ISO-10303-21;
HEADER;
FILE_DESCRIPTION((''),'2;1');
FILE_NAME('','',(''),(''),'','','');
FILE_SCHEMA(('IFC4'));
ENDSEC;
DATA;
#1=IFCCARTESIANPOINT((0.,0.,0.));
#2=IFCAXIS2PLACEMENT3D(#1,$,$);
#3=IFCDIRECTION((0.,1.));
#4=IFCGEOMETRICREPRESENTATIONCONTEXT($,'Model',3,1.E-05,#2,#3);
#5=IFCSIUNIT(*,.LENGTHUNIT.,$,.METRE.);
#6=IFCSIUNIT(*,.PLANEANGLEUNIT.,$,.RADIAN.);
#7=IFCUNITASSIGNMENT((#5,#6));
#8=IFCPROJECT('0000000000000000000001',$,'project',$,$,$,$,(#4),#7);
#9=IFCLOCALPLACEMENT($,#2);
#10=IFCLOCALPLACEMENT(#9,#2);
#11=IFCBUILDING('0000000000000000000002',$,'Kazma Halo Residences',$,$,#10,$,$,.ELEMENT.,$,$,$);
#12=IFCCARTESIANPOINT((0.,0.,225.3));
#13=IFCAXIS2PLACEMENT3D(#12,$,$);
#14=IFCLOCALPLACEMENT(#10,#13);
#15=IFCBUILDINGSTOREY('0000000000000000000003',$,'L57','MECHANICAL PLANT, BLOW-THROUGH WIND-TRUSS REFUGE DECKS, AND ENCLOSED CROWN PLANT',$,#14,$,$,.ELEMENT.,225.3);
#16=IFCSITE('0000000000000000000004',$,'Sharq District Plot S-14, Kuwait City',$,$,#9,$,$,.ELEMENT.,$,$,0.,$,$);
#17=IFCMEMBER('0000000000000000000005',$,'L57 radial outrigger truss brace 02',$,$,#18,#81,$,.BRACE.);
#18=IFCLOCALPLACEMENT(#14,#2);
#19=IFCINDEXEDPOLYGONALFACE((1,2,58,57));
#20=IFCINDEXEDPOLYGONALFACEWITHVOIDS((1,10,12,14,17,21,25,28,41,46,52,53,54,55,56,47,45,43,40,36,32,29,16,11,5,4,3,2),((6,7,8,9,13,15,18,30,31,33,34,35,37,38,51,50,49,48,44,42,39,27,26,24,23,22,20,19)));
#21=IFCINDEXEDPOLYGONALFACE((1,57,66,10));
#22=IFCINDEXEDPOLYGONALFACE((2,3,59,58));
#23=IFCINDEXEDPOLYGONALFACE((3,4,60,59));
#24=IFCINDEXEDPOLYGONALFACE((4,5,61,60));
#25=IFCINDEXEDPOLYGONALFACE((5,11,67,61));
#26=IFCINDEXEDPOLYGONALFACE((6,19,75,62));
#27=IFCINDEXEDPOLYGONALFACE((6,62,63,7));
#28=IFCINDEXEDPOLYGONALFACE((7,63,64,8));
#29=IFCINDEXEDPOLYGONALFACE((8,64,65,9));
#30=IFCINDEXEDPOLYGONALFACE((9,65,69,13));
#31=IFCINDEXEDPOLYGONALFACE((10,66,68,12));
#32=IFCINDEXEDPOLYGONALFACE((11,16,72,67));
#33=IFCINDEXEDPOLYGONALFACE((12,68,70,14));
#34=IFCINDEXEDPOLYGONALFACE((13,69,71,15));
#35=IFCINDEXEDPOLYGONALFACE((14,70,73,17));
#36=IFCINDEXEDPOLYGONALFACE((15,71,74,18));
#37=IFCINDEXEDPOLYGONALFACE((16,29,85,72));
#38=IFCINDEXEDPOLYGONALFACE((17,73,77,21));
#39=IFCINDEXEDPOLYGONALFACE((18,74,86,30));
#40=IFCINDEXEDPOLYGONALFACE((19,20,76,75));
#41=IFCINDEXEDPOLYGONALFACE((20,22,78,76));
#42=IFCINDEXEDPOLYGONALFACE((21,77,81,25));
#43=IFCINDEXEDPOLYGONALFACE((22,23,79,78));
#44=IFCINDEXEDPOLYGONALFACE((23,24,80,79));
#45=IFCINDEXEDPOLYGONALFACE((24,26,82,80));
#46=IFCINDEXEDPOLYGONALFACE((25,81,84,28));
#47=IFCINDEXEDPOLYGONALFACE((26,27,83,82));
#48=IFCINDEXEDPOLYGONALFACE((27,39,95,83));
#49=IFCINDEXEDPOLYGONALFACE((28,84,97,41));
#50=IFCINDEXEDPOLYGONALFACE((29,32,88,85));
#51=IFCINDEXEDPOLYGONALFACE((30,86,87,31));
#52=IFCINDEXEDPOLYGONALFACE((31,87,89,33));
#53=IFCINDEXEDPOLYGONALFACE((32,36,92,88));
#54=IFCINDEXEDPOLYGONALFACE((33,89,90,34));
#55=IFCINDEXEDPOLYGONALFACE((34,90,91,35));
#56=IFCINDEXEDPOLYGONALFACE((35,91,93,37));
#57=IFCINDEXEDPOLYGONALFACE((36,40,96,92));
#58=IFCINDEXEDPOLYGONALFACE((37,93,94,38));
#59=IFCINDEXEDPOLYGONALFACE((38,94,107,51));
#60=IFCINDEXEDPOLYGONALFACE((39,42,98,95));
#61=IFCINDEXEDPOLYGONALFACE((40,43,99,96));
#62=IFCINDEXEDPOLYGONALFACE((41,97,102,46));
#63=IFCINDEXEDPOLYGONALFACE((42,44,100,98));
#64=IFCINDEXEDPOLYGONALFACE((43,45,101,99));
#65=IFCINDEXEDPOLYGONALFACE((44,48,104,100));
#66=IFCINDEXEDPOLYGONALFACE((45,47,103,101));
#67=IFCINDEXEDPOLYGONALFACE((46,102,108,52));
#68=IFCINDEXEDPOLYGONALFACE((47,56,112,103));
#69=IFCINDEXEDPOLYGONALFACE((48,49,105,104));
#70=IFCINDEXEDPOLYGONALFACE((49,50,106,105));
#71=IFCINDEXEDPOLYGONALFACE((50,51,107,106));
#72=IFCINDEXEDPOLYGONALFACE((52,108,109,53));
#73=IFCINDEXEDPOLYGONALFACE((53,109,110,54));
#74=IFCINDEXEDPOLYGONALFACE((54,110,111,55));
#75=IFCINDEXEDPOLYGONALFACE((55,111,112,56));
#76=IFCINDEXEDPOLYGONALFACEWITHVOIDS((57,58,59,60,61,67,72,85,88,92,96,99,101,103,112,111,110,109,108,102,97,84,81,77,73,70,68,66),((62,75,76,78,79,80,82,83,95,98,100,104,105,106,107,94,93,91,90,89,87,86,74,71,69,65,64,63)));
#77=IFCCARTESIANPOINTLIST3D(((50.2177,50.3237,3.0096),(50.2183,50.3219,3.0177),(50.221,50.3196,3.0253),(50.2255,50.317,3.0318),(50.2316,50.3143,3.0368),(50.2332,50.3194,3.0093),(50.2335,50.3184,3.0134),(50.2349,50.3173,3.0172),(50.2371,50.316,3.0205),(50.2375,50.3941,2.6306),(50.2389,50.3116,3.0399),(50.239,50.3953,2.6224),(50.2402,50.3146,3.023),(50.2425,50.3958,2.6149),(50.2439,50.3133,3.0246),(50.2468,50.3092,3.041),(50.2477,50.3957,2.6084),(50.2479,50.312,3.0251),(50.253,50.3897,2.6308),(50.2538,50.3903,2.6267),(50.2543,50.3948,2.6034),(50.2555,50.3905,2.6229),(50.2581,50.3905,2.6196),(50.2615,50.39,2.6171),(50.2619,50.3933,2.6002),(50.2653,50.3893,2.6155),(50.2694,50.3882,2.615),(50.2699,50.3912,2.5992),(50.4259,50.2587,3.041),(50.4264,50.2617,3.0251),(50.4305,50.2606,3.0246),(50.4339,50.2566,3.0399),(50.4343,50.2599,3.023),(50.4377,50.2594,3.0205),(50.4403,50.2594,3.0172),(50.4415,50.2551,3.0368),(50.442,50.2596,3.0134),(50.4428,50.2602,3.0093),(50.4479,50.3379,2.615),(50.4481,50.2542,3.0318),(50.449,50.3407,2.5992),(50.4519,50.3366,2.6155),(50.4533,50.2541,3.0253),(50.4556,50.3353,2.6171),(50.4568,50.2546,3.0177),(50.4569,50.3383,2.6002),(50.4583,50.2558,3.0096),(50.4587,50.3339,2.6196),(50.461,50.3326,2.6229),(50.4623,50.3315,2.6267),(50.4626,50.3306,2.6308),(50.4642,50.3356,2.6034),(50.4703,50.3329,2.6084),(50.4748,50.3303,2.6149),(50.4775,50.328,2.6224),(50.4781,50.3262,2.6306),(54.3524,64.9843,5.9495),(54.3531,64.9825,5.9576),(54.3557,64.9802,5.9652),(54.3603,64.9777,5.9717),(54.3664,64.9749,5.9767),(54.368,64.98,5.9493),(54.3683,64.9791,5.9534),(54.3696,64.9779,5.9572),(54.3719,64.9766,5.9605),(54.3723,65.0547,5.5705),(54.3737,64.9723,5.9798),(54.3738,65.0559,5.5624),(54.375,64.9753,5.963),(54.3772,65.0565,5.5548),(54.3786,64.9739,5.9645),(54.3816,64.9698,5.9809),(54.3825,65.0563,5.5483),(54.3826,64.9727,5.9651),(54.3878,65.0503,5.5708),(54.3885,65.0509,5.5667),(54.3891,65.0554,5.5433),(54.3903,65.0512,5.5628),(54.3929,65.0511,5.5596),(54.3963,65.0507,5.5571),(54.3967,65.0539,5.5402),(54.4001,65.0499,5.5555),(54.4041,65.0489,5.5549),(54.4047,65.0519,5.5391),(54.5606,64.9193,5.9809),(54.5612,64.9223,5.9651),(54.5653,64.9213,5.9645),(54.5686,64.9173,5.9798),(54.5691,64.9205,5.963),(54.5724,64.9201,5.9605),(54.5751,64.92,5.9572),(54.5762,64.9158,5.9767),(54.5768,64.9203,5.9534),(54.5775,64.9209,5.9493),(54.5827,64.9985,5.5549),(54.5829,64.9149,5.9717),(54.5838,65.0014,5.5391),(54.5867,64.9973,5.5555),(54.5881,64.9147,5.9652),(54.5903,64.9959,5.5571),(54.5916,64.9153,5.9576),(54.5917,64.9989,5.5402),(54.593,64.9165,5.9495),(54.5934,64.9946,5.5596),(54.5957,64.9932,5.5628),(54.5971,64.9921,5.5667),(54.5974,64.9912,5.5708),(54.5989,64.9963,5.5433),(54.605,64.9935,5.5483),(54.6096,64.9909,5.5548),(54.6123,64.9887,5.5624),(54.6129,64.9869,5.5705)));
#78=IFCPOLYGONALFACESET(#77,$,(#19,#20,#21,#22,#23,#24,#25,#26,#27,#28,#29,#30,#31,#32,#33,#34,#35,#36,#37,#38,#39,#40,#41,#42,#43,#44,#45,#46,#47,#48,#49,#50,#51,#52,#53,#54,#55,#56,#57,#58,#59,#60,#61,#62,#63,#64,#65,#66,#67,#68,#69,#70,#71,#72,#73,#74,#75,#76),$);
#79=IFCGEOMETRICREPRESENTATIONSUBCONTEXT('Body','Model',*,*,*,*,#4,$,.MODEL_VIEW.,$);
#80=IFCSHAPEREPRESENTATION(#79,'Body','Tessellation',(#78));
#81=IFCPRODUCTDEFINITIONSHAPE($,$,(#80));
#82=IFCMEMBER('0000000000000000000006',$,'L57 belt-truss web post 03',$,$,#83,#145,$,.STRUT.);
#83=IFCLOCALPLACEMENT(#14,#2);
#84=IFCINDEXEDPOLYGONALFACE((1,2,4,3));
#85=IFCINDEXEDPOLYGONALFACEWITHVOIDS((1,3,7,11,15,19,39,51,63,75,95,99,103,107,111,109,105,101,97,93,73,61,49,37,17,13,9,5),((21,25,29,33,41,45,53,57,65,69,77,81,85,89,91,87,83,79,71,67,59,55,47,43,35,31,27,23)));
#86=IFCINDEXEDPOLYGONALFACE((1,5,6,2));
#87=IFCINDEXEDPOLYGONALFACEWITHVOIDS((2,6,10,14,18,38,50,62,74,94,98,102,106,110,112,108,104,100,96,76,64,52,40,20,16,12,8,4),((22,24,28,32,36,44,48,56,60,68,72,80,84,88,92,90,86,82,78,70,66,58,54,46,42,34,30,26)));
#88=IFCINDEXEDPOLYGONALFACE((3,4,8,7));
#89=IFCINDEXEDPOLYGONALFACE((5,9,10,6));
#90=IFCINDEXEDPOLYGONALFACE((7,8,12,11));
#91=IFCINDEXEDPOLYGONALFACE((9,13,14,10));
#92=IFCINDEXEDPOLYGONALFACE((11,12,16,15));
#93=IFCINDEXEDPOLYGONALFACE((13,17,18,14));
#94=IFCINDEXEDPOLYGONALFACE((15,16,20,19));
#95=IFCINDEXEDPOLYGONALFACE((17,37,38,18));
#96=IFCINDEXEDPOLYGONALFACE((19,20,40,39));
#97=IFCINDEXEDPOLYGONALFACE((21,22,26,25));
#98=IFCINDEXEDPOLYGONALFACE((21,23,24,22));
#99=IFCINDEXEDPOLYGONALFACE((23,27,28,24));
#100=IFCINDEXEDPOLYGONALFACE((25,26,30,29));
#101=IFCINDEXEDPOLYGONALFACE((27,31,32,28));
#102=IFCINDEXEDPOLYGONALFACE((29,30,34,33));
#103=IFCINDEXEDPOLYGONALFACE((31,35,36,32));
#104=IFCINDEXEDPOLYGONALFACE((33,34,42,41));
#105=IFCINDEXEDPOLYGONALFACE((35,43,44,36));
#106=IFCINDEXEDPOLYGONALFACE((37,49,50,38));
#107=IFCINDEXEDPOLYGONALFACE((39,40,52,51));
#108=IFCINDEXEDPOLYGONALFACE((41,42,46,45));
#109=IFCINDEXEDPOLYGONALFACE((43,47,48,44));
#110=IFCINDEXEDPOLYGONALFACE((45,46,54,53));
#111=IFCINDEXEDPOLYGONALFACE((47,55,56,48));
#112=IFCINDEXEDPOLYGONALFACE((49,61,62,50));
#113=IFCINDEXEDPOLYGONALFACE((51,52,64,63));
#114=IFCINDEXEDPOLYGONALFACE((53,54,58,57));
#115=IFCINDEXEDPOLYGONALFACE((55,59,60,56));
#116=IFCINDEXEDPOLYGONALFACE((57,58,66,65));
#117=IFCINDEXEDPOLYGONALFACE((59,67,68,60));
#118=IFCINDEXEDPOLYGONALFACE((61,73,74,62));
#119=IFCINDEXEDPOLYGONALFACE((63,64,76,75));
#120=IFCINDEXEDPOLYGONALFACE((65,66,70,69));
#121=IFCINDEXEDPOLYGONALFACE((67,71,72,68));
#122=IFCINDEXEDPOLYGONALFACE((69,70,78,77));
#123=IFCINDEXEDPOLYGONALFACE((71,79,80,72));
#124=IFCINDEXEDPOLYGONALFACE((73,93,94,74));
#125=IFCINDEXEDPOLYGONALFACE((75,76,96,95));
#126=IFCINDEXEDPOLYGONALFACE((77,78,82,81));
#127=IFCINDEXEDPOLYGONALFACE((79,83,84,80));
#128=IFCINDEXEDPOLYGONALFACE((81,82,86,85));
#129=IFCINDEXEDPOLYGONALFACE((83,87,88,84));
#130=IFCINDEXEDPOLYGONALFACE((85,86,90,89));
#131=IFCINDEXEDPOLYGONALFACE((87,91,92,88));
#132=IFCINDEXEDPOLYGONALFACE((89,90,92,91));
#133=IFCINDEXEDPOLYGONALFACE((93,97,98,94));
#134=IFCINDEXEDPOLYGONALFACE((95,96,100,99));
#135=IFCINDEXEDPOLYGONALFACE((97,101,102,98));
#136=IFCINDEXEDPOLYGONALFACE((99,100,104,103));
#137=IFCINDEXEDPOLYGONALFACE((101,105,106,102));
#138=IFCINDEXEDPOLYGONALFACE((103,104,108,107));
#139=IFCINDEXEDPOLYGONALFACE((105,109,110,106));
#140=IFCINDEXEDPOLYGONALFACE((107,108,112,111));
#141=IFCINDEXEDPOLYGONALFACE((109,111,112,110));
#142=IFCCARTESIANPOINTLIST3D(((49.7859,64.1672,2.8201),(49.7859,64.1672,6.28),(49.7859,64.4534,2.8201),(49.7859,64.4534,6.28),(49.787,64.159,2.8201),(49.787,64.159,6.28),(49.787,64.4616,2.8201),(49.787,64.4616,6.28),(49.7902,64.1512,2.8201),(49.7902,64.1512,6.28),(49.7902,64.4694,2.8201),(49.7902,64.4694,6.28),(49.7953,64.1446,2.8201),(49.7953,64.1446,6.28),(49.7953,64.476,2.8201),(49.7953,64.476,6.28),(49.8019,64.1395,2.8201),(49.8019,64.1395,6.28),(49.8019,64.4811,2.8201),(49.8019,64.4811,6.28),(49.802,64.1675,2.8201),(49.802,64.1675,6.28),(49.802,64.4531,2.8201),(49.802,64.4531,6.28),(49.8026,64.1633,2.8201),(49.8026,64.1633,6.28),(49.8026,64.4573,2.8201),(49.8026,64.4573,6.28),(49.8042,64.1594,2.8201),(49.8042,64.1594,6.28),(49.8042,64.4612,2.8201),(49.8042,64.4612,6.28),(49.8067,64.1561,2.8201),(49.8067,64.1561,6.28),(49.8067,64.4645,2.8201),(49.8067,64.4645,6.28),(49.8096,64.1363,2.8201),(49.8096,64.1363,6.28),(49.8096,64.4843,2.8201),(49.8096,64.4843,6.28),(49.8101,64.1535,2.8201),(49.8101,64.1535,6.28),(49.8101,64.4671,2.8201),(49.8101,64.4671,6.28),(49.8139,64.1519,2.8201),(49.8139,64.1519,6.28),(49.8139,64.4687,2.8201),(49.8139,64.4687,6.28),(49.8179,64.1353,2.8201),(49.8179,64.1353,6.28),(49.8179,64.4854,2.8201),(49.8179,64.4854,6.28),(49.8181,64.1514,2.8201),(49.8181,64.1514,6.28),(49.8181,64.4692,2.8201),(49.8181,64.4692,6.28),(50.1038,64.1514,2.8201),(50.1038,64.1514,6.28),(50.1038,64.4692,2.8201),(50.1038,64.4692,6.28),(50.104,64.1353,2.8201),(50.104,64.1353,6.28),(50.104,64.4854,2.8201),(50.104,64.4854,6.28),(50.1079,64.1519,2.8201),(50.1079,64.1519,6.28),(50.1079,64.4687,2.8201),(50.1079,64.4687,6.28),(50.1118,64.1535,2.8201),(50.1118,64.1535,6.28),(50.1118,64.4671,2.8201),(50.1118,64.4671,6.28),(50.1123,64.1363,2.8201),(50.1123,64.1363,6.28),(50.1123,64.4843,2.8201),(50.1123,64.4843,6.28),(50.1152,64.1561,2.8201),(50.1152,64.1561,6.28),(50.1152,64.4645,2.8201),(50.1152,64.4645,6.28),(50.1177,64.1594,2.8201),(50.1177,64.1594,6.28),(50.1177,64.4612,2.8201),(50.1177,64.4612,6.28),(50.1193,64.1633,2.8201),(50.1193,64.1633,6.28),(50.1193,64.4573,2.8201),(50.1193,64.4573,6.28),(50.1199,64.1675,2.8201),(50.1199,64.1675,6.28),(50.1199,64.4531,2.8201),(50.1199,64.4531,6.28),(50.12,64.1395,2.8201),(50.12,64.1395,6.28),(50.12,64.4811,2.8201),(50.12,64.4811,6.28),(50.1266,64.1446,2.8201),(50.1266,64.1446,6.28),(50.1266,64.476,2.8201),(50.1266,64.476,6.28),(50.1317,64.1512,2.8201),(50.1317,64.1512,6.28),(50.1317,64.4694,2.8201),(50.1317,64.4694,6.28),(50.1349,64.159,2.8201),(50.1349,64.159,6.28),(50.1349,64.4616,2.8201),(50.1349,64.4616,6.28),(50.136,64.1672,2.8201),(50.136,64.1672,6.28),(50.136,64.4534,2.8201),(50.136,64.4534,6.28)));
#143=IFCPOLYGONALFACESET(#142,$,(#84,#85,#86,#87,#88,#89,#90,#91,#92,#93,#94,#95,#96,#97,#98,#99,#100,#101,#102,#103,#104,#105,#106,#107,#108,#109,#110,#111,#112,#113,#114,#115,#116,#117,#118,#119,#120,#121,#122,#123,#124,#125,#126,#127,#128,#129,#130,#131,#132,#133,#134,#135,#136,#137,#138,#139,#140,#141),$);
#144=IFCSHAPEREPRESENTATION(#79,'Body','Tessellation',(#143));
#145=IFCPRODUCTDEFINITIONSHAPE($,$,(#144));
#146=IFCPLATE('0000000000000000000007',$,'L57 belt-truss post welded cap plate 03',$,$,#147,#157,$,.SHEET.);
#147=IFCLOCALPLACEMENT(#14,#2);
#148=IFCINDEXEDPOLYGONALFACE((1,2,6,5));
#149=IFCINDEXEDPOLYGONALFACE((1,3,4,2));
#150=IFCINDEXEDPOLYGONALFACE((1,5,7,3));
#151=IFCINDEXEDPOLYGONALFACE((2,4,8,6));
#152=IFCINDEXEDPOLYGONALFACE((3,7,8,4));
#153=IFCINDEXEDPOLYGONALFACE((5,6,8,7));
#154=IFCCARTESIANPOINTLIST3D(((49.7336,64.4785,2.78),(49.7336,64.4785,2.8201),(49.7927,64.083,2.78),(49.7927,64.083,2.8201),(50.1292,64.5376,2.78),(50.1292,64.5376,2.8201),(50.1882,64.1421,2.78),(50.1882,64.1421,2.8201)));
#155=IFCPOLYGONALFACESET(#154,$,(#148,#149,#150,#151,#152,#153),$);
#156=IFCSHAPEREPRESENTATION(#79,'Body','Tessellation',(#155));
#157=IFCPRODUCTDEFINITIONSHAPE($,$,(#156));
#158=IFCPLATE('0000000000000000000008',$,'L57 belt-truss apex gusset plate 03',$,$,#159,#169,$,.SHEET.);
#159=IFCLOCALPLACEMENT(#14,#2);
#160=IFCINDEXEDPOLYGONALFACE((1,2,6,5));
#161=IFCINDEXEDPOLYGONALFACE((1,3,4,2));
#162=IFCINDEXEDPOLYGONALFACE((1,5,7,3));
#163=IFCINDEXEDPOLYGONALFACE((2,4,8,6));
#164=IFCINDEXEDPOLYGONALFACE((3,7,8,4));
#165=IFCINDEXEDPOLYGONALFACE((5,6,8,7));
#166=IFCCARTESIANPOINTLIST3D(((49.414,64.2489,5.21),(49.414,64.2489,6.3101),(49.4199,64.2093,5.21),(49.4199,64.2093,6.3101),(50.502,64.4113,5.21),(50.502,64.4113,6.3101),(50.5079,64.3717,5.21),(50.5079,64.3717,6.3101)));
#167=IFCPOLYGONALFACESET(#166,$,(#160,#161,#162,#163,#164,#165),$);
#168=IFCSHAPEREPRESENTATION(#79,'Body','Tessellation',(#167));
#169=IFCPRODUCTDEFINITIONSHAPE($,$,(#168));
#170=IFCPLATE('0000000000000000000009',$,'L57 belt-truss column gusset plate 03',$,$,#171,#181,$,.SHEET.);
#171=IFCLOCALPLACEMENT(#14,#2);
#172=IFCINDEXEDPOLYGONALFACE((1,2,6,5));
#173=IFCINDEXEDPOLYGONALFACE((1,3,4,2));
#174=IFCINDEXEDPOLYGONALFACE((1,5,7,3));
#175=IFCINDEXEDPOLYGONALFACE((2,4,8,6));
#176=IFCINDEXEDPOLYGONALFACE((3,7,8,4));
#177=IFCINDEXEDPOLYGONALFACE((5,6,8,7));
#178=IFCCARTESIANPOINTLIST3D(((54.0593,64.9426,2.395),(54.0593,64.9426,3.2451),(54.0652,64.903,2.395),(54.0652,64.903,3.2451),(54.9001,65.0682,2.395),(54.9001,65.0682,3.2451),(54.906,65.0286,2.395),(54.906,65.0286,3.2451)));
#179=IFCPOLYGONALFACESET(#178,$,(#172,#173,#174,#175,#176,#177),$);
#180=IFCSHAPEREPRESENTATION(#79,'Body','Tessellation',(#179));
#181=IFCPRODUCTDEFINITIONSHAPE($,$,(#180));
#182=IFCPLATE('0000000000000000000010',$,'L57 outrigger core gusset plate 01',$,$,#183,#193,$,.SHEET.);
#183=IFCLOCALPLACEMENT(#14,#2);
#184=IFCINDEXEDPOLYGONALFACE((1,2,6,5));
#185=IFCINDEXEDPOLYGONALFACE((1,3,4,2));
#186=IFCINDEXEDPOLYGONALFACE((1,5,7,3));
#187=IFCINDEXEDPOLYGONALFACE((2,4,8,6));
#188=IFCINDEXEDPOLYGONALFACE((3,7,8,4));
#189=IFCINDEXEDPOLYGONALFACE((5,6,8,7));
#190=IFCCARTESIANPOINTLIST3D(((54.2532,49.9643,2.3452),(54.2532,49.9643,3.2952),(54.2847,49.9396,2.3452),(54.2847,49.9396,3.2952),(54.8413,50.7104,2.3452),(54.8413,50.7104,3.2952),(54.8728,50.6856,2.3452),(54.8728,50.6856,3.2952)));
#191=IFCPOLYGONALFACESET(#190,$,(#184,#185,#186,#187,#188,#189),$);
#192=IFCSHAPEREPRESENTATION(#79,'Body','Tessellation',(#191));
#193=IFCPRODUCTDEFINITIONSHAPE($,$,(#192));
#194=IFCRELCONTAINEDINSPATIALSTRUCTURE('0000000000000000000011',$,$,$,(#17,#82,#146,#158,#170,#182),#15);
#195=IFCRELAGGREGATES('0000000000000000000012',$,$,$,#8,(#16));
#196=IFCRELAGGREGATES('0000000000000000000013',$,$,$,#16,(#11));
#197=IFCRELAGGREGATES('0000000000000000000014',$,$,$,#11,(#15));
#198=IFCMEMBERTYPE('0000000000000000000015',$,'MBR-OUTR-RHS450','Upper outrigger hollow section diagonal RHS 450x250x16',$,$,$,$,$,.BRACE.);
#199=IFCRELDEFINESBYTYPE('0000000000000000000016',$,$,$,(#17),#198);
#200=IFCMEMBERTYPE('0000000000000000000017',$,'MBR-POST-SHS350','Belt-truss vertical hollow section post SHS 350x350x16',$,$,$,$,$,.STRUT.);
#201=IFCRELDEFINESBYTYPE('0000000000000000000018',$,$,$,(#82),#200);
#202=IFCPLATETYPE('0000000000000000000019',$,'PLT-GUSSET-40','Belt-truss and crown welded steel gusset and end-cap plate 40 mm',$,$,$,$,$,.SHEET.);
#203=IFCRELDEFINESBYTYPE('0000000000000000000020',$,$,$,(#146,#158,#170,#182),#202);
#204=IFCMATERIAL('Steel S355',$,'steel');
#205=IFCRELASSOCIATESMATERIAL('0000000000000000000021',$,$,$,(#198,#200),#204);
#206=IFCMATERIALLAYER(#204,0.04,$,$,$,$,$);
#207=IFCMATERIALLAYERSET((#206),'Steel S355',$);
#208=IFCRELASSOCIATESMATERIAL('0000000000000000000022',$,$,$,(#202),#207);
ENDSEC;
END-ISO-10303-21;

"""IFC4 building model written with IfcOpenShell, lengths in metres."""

from ifc_helpers import new_model, si_unit, direction, frame, origin, origin_2d, place, context, subcontext, project, spatial, rectangle, hollow_rectangle, extrude, material, layer, layer_set, material_profile, profile_set, type_object, element, save


model = new_model("IFC4")

# Units and contexts
model_context = context("Model", 3, precision=1e-05, world=origin(), true_north=direction((0.0, 1.0)))
body_context = subcontext(model_context, "Body", "Model", "MODEL_VIEW")
ifc_project = project(units=[si_unit("LENGTHUNIT", "METRE"), si_unit("PLANEANGLEUNIT", "RADIAN")], contexts=[model_context])

# Site, building, storey
site_placement = place(None, origin())
site = spatial("IfcSite", under=ifc_project, at=site_placement, Name="Sharq District Plot S-14, Kuwait City", CompositionType="ELEMENT", RefElevation=0.0)
building_placement = place(site_placement, origin())
building = spatial("IfcBuilding", under=site, at=building_placement, Name="Kazma Halo Residences", CompositionType="ELEMENT")
storey_placement = place(building_placement, frame((0.0, 0.0, 225.3)))
storey = spatial("IfcBuildingStorey", under=building, at=storey_placement, Name="L57", Description="MECHANICAL PLANT, BLOW-THROUGH WIND-TRUSS REFUGE DECKS, AND ENCLOSED CROWN PLANT", CompositionType="ELEMENT", Elevation=225.3)

# Shared definitions
ifc_material_1 = material(Name="Steel S355", Category="steel")

# Members
ifc_material_profile_1 = material_profile(ifc_material_1, hollow_rectangle(XDim=0.25, YDim=0.45, WallThickness=0.0161, InnerFilletRadius=0.0161, OuterFilletRadius=0.032, at=origin_2d()), Name="RHS450x250x16")
ifc_profile_set_1 = profile_set([ifc_material_profile_1], Name="Steel S355")
member_type_1 = type_object("IfcMemberType", Name="MBR-OUTR-RHS450", Description="Upper outrigger hollow section diagonal RHS 450x250x16", PredefinedType="BRACE", material=ifc_profile_set_1)
member_1_placement = place(storey_placement, frame((50.3479, 50.325, 2.8201), z_axis=(0.266524, 0.945014, 0.189506), x_axis=(-0.962455, 0.271443, 0.0)))
element("IfcMember", 1, at=member_1_placement, inside=storey, type_object=member_type_1, Name="L57 radial outrigger truss brace 02", PredefinedType="BRACE", context=body_context, shape_type="SweptSolid", body=[
    extrude(hollow_rectangle(XDim=0.25, YDim=0.45, WallThickness=0.0161, InnerFilletRadius=0.0161, OuterFilletRadius=0.032, at=origin_2d()), origin(), (0.0, 0.0, 1.0), 15.5137),
])
ifc_material_profile_2 = material_profile(ifc_material_1, hollow_rectangle(XDim=0.3501, YDim=0.3501, WallThickness=0.0161, InnerFilletRadius=0.0161, OuterFilletRadius=0.032, at=origin_2d()), Name="SHS350x350x16")
ifc_profile_set_2 = profile_set([ifc_material_profile_2], Name="Steel S355")
member_type_2 = type_object("IfcMemberType", Name="MBR-POST-SHS350", Description="Belt-truss vertical hollow section post SHS 350x350x16", PredefinedType="STRUT", material=ifc_profile_set_2)
member_2_placement = place(storey_placement, frame((49.9609, 64.3103, 2.8201), z_axis=(0.0, 0.0, 1.0), x_axis=(1.0, 0.0, 0.0)))
element("IfcMember", 2, at=member_2_placement, inside=storey, type_object=member_type_2, Name="L57 belt-truss web post 03", PredefinedType="STRUT", context=body_context, shape_type="SweptSolid", body=[
    extrude(hollow_rectangle(XDim=0.3501, YDim=0.3501, WallThickness=0.0161, InnerFilletRadius=0.0161, OuterFilletRadius=0.032, at=origin_2d()), origin(), (0.0, 0.0, 1.0), 3.46),
])

# Plates
ifc_layer_1 = layer(ifc_material_1, 0.04)
ifc_layer_set_1 = layer_set([ifc_layer_1], Name="Steel S355")
plate_type = type_object("IfcPlateType", Name="PLT-GUSSET-40", Description="Belt-truss and crown welded steel gusset and end-cap plate 40 mm", PredefinedType="SHEET", material=ifc_layer_set_1)
plate_1_placement = place(storey_placement, frame((49.9609, 64.3103, 2.78), z_axis=(0.0, 0.0, 1.0), x_axis=(-0.989034, -0.147689, 0.0)))
element("IfcPlate", 3, at=plate_1_placement, inside=storey, type_object=plate_type, Name="L57 belt-truss post welded cap plate 03", PredefinedType="SHEET", context=body_context, shape_type="SweptSolid", body=[
    extrude(rectangle(XDim=0.3999, YDim=0.3999, at=origin_2d()), origin(), (0.0, 0.0, 1.0), 0.04),
])
plate_2_placement = place(storey_placement, frame((49.9609, 64.3103, 5.21), z_axis=(0.0, 0.0, 1.0), x_axis=(-0.989034, -0.147689, 0.0)))
element("IfcPlate", 4, at=plate_2_placement, inside=storey, type_object=plate_type, Name="L57 belt-truss apex gusset plate 03", PredefinedType="SHEET", context=body_context, shape_type="SweptSolid", body=[
    extrude(rectangle(XDim=1.1001, YDim=0.04, at=origin_2d()), origin(), (0.0, 0.0, 1.0), 1.1001),
])
plate_3_placement = place(storey_placement, frame((54.4827, 64.9856, 2.395), z_axis=(0.0, 0.0, 1.0), x_axis=(-0.989034, -0.147689, 0.0)))
element("IfcPlate", 5, at=plate_3_placement, inside=storey, type_object=plate_type, Name="L57 belt-truss column gusset plate 03", PredefinedType="SHEET", context=body_context, shape_type="SweptSolid", body=[
    extrude(rectangle(XDim=0.8501, YDim=0.04, at=origin_2d()), origin(), (0.0, 0.0, 1.0), 0.8501),
])
for number, where, z_axis, x_axis, name in (
    (6, (54.563, 50.325, 2.3452), (0.0, 0.0, 1.0), (0.619093, 0.785317, 0.0), "L57 outrigger core gusset plate 01"),
):
    element("IfcPlate", number, at=place(storey_placement, frame(where, z_axis=z_axis, x_axis=x_axis)), inside=storey, type_object=plate_type, Name=name, PredefinedType="SHEET", context=body_context, shape_type="SweptSolid", body=[
        extrude(rectangle(XDim=0.95, YDim=0.04, at=origin_2d()), origin(), (0.0, 0.0, 1.0), 0.95),
    ])

save(model, "model.ifc")
